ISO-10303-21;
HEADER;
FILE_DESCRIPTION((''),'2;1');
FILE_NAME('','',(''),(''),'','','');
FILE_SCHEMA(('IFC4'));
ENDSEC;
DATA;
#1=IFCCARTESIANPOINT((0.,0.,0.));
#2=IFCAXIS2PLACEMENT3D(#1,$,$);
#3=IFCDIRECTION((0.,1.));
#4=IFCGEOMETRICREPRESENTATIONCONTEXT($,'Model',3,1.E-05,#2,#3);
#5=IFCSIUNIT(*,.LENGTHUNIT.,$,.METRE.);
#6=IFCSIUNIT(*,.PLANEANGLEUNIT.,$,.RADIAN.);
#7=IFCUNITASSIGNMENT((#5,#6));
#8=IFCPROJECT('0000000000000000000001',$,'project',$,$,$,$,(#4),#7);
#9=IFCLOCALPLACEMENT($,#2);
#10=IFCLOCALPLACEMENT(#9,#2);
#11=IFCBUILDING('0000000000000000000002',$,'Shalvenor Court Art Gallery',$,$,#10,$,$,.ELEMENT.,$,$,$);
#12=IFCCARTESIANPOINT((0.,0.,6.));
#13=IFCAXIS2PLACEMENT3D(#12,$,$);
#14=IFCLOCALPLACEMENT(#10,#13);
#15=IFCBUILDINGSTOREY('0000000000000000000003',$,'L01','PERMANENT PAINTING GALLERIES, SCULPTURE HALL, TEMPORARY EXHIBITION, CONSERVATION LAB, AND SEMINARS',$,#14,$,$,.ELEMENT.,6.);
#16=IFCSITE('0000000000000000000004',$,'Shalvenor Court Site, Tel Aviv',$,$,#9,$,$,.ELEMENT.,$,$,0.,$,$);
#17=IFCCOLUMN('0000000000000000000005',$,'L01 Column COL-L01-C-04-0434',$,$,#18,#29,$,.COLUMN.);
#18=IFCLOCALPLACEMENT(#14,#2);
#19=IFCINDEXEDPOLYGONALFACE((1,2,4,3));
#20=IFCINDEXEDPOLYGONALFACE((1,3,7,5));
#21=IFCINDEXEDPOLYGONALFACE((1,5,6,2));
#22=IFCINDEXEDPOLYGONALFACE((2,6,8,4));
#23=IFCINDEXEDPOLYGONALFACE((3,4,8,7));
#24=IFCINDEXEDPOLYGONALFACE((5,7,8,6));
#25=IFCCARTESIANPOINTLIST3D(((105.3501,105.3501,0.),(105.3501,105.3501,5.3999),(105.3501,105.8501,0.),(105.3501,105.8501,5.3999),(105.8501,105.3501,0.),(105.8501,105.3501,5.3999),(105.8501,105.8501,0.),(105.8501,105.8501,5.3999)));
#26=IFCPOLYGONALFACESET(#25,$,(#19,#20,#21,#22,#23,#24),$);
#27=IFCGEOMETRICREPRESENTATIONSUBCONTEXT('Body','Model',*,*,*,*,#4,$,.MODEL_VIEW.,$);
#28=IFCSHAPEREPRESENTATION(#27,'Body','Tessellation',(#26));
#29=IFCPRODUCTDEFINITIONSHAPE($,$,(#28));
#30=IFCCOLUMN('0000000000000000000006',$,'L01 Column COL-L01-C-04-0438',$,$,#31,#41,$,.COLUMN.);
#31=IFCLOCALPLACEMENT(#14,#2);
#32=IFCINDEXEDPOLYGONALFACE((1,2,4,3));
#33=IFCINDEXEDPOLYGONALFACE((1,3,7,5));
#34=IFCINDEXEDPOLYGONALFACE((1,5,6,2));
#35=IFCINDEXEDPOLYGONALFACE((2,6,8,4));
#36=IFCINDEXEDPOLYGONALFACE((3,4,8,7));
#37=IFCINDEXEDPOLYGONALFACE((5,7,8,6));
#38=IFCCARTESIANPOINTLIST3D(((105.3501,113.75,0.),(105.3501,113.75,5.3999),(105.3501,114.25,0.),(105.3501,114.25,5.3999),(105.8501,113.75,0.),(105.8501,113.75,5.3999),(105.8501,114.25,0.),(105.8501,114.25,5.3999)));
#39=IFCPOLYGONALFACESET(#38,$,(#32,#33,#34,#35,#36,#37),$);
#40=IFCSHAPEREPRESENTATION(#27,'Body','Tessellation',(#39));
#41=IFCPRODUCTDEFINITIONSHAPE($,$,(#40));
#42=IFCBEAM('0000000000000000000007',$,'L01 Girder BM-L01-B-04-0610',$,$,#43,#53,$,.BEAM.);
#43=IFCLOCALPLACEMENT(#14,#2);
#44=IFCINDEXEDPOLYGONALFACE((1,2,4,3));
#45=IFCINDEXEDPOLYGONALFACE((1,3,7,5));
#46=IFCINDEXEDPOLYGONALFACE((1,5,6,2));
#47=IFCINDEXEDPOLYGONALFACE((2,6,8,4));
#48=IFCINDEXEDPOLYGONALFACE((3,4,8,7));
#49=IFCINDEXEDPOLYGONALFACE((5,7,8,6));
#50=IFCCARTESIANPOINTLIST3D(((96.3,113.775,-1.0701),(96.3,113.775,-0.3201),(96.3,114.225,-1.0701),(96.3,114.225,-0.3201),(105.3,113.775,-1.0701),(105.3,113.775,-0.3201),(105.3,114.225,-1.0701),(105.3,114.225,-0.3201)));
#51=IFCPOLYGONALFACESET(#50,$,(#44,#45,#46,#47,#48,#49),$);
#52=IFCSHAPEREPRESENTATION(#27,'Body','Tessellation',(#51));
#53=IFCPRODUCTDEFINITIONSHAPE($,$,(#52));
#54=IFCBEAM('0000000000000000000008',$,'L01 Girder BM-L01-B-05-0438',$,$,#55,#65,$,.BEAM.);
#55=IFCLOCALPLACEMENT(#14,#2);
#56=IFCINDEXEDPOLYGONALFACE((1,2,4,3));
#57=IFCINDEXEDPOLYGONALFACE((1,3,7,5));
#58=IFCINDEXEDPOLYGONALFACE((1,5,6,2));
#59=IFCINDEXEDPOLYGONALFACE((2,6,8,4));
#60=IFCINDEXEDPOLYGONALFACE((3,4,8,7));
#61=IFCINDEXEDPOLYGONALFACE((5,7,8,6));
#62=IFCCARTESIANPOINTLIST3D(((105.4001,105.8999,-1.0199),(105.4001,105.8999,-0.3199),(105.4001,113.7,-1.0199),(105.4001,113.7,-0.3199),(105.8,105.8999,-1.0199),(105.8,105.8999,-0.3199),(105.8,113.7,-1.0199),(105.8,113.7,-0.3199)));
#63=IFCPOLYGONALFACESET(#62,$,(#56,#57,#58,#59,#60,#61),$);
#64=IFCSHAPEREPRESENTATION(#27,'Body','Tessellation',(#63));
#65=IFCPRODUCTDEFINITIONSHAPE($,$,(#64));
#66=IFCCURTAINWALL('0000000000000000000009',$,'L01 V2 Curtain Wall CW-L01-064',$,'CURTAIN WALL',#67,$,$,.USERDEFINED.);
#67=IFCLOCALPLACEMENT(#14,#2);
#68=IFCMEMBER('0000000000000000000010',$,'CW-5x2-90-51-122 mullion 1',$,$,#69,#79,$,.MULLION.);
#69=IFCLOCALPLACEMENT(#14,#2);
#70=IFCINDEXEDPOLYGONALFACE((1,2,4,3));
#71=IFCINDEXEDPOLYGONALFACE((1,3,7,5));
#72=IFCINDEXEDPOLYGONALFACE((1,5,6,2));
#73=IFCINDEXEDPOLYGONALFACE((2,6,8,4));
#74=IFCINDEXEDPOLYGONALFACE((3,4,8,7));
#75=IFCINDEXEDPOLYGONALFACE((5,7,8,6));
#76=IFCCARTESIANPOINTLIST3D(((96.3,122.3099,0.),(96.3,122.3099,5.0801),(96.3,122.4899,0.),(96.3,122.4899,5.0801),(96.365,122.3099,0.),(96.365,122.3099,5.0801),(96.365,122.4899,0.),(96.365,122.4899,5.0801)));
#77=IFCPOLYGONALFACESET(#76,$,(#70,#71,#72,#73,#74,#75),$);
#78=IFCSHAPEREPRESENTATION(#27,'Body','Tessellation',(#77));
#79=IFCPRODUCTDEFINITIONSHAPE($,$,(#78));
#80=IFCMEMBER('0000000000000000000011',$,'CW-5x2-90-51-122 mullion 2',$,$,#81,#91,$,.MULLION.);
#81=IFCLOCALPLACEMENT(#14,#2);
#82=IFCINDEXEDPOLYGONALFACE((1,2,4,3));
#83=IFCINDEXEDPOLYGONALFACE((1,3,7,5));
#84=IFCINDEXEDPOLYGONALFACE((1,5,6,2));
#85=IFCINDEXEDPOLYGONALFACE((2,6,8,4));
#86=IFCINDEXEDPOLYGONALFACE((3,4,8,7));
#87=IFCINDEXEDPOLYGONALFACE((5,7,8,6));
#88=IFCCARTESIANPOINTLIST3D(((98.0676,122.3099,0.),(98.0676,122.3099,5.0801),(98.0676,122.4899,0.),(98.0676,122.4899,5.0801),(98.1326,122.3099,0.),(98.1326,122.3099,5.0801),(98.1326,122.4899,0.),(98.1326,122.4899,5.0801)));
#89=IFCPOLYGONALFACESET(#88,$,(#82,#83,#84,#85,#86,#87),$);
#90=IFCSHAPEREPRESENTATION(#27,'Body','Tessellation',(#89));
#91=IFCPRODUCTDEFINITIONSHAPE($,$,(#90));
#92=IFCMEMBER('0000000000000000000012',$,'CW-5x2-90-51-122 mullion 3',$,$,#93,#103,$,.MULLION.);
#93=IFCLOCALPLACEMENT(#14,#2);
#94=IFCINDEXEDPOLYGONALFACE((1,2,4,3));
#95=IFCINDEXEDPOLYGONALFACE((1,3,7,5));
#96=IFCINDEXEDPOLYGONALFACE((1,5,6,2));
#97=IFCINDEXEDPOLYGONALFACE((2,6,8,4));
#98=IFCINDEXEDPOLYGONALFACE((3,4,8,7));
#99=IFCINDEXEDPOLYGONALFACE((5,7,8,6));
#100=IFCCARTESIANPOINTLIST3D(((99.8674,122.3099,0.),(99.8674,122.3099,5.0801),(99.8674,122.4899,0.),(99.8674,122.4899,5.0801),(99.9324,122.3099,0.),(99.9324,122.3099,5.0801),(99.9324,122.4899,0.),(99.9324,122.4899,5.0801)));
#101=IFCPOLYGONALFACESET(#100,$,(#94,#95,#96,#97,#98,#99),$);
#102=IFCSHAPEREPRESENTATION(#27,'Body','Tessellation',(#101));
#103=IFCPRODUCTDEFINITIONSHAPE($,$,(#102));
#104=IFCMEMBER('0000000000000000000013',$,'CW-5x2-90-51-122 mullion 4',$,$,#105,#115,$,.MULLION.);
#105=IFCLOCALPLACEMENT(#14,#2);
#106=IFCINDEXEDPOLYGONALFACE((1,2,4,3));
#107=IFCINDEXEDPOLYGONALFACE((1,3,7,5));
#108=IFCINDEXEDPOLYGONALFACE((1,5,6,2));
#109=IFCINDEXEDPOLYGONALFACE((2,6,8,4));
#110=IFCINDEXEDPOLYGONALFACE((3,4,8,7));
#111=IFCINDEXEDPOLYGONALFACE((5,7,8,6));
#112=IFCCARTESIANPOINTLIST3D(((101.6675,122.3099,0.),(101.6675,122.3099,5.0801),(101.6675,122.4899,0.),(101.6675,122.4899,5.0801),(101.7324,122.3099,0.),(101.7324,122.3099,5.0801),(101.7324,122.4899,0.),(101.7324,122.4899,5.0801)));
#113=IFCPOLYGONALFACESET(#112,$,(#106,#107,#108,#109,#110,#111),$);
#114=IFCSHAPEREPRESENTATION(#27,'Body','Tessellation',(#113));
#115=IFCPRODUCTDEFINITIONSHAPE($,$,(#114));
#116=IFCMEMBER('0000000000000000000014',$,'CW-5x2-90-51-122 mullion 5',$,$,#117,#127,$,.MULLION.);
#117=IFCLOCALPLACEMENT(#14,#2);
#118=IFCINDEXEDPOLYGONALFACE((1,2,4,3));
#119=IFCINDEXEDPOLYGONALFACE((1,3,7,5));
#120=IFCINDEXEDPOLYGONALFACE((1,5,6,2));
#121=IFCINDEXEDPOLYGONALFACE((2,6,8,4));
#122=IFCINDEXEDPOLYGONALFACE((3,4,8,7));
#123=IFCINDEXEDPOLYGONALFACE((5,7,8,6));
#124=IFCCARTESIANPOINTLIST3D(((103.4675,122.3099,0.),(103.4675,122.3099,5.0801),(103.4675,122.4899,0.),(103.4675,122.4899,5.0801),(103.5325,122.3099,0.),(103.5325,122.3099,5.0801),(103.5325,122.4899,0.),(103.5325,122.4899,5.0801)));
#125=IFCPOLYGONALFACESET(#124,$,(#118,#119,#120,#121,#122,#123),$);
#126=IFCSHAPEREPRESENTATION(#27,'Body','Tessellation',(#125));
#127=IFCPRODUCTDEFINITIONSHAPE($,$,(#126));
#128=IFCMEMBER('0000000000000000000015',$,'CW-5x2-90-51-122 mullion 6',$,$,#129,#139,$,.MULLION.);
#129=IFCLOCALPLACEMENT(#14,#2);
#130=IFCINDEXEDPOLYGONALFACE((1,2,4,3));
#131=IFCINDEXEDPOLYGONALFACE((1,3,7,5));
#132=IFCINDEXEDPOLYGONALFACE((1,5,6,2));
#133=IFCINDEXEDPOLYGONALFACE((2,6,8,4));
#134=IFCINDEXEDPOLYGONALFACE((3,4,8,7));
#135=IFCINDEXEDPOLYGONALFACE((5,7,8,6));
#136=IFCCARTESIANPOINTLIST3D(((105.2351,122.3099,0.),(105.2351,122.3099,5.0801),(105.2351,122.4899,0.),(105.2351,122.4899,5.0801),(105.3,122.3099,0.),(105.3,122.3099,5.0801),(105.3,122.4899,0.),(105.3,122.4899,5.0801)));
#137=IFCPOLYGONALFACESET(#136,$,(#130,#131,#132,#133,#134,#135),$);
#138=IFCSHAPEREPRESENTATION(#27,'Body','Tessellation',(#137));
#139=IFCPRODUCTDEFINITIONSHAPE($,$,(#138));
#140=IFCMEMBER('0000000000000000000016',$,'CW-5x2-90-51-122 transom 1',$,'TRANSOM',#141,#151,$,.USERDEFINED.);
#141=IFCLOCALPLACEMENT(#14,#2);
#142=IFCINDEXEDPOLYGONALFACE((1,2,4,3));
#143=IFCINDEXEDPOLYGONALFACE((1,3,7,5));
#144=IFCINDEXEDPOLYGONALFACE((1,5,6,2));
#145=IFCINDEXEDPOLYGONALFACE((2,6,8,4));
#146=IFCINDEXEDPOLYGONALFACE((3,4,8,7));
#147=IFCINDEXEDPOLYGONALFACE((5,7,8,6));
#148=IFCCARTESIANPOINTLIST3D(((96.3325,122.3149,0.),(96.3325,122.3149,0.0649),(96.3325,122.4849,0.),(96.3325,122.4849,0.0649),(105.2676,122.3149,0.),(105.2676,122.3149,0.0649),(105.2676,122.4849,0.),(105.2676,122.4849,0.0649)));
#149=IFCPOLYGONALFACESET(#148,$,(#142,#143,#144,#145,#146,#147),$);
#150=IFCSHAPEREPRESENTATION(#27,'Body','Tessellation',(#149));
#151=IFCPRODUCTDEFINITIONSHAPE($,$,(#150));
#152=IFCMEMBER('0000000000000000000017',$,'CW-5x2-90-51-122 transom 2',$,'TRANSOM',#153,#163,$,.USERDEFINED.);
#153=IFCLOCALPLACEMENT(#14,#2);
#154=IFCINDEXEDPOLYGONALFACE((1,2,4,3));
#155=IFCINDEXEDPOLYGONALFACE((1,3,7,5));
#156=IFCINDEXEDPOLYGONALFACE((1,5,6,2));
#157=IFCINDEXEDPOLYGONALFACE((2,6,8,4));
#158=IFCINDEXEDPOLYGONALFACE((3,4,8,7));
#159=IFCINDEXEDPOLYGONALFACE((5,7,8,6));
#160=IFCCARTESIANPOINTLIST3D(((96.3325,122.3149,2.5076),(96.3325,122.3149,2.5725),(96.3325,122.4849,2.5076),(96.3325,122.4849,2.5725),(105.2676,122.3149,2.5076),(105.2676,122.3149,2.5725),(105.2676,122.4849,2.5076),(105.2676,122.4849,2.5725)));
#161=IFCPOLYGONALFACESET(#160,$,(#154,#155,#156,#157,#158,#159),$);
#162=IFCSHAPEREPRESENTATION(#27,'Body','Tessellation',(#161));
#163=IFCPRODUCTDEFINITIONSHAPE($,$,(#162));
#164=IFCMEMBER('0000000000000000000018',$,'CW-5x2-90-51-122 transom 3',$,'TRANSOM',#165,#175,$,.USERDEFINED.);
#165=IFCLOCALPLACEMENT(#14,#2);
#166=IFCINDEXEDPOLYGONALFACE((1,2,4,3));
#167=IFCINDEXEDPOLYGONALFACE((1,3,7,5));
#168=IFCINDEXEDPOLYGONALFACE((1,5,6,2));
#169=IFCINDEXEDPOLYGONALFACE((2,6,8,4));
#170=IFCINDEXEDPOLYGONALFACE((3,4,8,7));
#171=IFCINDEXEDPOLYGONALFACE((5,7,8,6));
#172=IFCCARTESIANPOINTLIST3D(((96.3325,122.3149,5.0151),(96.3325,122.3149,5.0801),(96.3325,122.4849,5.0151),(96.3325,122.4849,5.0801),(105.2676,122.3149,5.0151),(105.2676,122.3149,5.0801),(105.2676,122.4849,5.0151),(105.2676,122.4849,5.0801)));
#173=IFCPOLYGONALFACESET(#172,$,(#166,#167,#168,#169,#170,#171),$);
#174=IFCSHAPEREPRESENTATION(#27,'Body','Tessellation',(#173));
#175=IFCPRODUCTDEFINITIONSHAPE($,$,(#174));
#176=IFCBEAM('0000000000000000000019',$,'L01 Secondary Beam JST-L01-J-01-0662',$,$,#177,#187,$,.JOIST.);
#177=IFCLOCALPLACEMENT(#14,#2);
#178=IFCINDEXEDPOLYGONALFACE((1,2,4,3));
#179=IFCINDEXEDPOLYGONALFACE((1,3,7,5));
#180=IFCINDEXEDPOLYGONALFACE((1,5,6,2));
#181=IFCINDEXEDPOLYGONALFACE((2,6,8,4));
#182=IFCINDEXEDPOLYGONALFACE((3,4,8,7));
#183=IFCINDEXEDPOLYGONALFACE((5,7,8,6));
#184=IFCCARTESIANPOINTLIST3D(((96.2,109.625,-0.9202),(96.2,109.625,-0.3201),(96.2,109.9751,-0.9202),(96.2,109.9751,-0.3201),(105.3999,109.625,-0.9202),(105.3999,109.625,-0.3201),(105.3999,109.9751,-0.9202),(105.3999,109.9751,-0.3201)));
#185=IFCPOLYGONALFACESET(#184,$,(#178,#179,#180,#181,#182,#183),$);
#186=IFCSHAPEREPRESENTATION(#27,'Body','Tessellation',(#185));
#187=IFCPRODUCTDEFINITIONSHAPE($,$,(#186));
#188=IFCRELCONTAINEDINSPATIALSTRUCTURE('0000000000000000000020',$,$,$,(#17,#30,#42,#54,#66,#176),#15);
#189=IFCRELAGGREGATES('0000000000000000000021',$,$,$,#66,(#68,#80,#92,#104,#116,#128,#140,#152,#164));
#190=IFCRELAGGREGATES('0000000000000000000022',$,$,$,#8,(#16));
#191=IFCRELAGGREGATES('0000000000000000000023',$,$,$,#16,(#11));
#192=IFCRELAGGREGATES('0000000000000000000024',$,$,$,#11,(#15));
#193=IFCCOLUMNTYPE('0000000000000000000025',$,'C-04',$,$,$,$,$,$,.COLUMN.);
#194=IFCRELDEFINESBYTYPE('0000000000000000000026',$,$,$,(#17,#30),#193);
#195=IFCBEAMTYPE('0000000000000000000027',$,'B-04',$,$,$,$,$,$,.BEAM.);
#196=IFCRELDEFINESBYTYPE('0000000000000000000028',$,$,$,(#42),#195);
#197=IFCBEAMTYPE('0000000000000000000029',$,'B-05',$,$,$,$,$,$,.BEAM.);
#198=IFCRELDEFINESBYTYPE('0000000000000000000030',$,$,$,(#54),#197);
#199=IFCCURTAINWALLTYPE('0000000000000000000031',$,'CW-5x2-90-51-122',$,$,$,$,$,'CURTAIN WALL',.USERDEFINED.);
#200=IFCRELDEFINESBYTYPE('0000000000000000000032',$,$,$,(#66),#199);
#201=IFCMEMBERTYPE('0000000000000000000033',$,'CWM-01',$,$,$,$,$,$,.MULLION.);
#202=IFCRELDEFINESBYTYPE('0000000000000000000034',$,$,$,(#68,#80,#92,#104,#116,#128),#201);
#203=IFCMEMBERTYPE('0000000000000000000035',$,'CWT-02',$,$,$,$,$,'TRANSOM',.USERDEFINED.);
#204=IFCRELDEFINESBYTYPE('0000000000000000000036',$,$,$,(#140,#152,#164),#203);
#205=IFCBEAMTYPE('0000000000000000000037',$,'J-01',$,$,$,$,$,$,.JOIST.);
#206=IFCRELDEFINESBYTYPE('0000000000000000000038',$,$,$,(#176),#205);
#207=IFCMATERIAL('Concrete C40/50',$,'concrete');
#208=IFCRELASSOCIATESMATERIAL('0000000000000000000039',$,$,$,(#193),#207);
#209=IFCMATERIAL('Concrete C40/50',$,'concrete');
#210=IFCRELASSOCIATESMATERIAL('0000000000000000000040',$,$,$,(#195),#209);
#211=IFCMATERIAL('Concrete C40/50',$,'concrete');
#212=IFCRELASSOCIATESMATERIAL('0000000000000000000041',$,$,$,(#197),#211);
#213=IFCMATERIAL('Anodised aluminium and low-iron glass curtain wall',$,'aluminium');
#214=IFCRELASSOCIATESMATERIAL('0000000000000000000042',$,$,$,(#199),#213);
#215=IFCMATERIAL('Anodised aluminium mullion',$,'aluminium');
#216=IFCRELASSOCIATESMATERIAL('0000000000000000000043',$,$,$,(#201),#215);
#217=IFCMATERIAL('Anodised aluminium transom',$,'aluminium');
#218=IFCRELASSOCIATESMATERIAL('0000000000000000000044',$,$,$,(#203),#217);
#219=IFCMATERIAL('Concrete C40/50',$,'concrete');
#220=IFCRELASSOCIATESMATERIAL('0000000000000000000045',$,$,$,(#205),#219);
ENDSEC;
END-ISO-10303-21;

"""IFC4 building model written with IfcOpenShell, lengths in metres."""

from ifc_helpers import new_model, si_unit, direction, frame, origin, origin_2d, place, context, subcontext, project, spatial, rectangle, extrude, material, material_profile, profile_set, type_object, element, aggregate, save


model = new_model("IFC4")

# Units and contexts
model_context = context("Model", 3, precision=1e-05, world=origin(), true_north=direction((0.0, 1.0)))
body_context = subcontext(model_context, "Body", "Model", "MODEL_VIEW")
ifc_project = project(units=[si_unit("LENGTHUNIT", "METRE"), si_unit("PLANEANGLEUNIT", "RADIAN")], contexts=[model_context])

# Site, building, storey
site_placement = place(None, origin())
site = spatial("IfcSite", under=ifc_project, at=site_placement, Name="Shalvenor Court Site, Tel Aviv", CompositionType="ELEMENT", RefElevation=0.0)
building_placement = place(site_placement, origin())
building = spatial("IfcBuilding", under=site, at=building_placement, Name="Shalvenor Court Art Gallery", CompositionType="ELEMENT")
storey_placement = place(building_placement, frame((0.0, 0.0, 6.0)))
storey = spatial("IfcBuildingStorey", under=building, at=storey_placement, Name="L01", Description="PERMANENT PAINTING GALLERIES, SCULPTURE HALL, TEMPORARY EXHIBITION, CONSERVATION LAB, AND SEMINARS", CompositionType="ELEMENT", Elevation=6.0)

# Columns
ifc_material_1 = material(Name="Concrete C40/50", Category="concrete")
ifc_material_profile_1 = material_profile(ifc_material_1, rectangle(XDim=0.5, YDim=0.5, at=origin_2d()), Name="RC 500x500")
ifc_profile_set_1 = profile_set([ifc_material_profile_1], Name="Concrete C40/50")
column_type = type_object("IfcColumnType", Name="C-04", PredefinedType="COLUMN", material=ifc_profile_set_1)
for number, where, z_axis, x_axis, name in (
    (1, (105.6001, 105.6001, 0.0), (0.0, 0.0, 1.0), (1.0, 0.0, 0.0), "L01 Column COL-L01-C-04-0434"),
    (2, (105.6001, 114.0, 0.0), (0.0, 0.0, 1.0), (1.0, 0.0, 0.0), "L01 Column COL-L01-C-04-0438"),
):
    element("IfcColumn", number, at=place(storey_placement, frame(where, z_axis=z_axis, x_axis=x_axis)), inside=storey, type_object=column_type, Name=name, PredefinedType="COLUMN", context=body_context, shape_type="SweptSolid", body=[
        extrude(rectangle(XDim=0.5, YDim=0.5, at=origin_2d()), origin(), (0.0, 0.0, 1.0), 5.3999),
    ])

# Beams
ifc_material_2 = material(Name="Concrete C40/50", Category="concrete")
ifc_material_profile_2 = material_profile(ifc_material_2, rectangle(XDim=0.45, YDim=0.75, at=origin_2d()), Name="RC 450x750")
ifc_profile_set_2 = profile_set([ifc_material_profile_2], Name="Concrete C40/50")
beam_type_1 = type_object("IfcBeamType", Name="B-04", PredefinedType="BEAM", material=ifc_profile_set_2)
beam_1_placement = place(storey_placement, frame((96.3, 114.0, -0.6951), z_axis=(1.0, 0.0, 0.0), x_axis=(0.0, 1.0, 0.0)))
element("IfcBeam", 3, at=beam_1_placement, inside=storey, type_object=beam_type_1, Name="L01 Girder BM-L01-B-04-0610", PredefinedType="BEAM", context=body_context, shape_type="SweptSolid", body=[
    extrude(rectangle(XDim=0.45, YDim=0.75, at=origin_2d()), origin(), (0.0, 0.0, 1.0), 9.0),
])
ifc_material_3 = material(Name="Concrete C40/50", Category="concrete")
ifc_material_profile_3 = material_profile(ifc_material_3, rectangle(XDim=0.3999, YDim=0.7, at=origin_2d()), Name="RC 400x700")
ifc_profile_set_3 = profile_set([ifc_material_profile_3], Name="Concrete C40/50")
beam_type_2 = type_object("IfcBeamType", Name="B-05", PredefinedType="BEAM", material=ifc_profile_set_3)
beam_2_placement = place(storey_placement, frame((105.6001, 105.8999, -0.6699), z_axis=(0.0, 1.0, 0.0), x_axis=(-1.0, 0.0, 0.0)))
element("IfcBeam", 4, at=beam_2_placement, inside=storey, type_object=beam_type_2, Name="L01 Girder BM-L01-B-05-0438", PredefinedType="BEAM", context=body_context, shape_type="SweptSolid", body=[
    extrude(rectangle(XDim=0.3999, YDim=0.7, at=origin_2d()), origin(), (0.0, 0.0, 1.0), 7.8),
])

# Curtain wall, members
ifc_material_4 = material(Name="Anodised aluminium and low-iron glass curtain wall", Category="aluminium")
curtain_wall_type = type_object("IfcCurtainWallType", Name="CW-5x2-90-51-122", ElementType="CURTAIN WALL", PredefinedType="USERDEFINED", material=ifc_material_4)
curtain_wall_placement = place(storey_placement, origin())
curtain_wall = element("IfcCurtainWall", 5, at=curtain_wall_placement, inside=storey, type_object=curtain_wall_type, Name="L01 V2 Curtain Wall CW-L01-064", ObjectType="CURTAIN WALL", PredefinedType="USERDEFINED")
ifc_material_5 = material(Name="Anodised aluminium mullion", Category="aluminium")
ifc_material_profile_4 = material_profile(ifc_material_5, rectangle(XDim=0.0649, YDim=0.1799, at=origin_2d()), Name="CWM-01")
ifc_profile_set_4 = profile_set([ifc_material_profile_4], Name="Anodised aluminium mullion")
member_type_1 = type_object("IfcMemberType", Name="CWM-01", PredefinedType="MULLION", material=ifc_profile_set_4)
member_1_placement = place(storey_placement, frame((96.3325, 122.3999, 0.0), z_axis=(0.0, 0.0, 1.0), x_axis=(1.0, 0.0, 0.0)))
member_1 = element("IfcMember", 6, at=member_1_placement, type_object=member_type_1, Name="CW-5x2-90-51-122 mullion 1", PredefinedType="MULLION", context=body_context, shape_type="SweptSolid", body=[
    extrude(rectangle(XDim=0.0649, YDim=0.1799, at=origin_2d()), origin(), (0.0, 0.0, 1.0), 5.0801),
])
member_2_placement = place(storey_placement, frame((98.1001, 122.3999, 0.0), z_axis=(0.0, 0.0, 1.0), x_axis=(1.0, 0.0, 0.0)))
member_2 = element("IfcMember", 7, at=member_2_placement, type_object=member_type_1, Name="CW-5x2-90-51-122 mullion 2", PredefinedType="MULLION", context=body_context, shape_type="SweptSolid", body=[
    extrude(rectangle(XDim=0.0649, YDim=0.1799, at=origin_2d()), origin(), (0.0, 0.0, 1.0), 5.0801),
])
member_3_placement = place(storey_placement, frame((99.8999, 122.3999, 0.0), z_axis=(0.0, 0.0, 1.0), x_axis=(1.0, 0.0, 0.0)))
member_3 = element("IfcMember", 8, at=member_3_placement, type_object=member_type_1, Name="CW-5x2-90-51-122 mullion 3", PredefinedType="MULLION", context=body_context, shape_type="SweptSolid", body=[
    extrude(rectangle(XDim=0.0649, YDim=0.1799, at=origin_2d()), origin(), (0.0, 0.0, 1.0), 5.0801),
])
member_4_placement = place(storey_placement, frame((101.7, 122.3999, 0.0), z_axis=(0.0, 0.0, 1.0), x_axis=(1.0, 0.0, 0.0)))
member_4 = element("IfcMember", 9, at=member_4_placement, type_object=member_type_1, Name="CW-5x2-90-51-122 mullion 4", PredefinedType="MULLION", context=body_context, shape_type="SweptSolid", body=[
    extrude(rectangle(XDim=0.0649, YDim=0.1799, at=origin_2d()), origin(), (0.0, 0.0, 1.0), 5.0801),
])
member_5_placement = place(storey_placement, frame((103.5, 122.3999, 0.0), z_axis=(0.0, 0.0, 1.0), x_axis=(1.0, 0.0, 0.0)))
member_5 = element("IfcMember", 10, at=member_5_placement, type_object=member_type_1, Name="CW-5x2-90-51-122 mullion 5", PredefinedType="MULLION", context=body_context, shape_type="SweptSolid", body=[
    extrude(rectangle(XDim=0.0649, YDim=0.1799, at=origin_2d()), origin(), (0.0, 0.0, 1.0), 5.0801),
])
member_6_placement = place(storey_placement, frame((105.2676, 122.3999, 0.0), z_axis=(0.0, 0.0, 1.0), x_axis=(1.0, 0.0, 0.0)))
member_6 = element("IfcMember", 11, at=member_6_placement, type_object=member_type_1, Name="CW-5x2-90-51-122 mullion 6", PredefinedType="MULLION", context=body_context, shape_type="SweptSolid", body=[
    extrude(rectangle(XDim=0.0649, YDim=0.1799, at=origin_2d()), origin(), (0.0, 0.0, 1.0), 5.0801),
])
ifc_material_6 = material(Name="Anodised aluminium transom", Category="aluminium")
ifc_material_profile_5 = material_profile(ifc_material_6, rectangle(XDim=0.1699, YDim=0.0649, at=origin_2d()), Name="CWT-02")
ifc_profile_set_5 = profile_set([ifc_material_profile_5], Name="Anodised aluminium transom")
member_type_2 = type_object("IfcMemberType", Name="CWT-02", ElementType="TRANSOM", PredefinedType="USERDEFINED", material=ifc_profile_set_5)
member_7_placement = place(storey_placement, frame((96.3325, 122.3999, 0.0325), z_axis=(1.0, 0.0, 0.0), x_axis=(0.0, 1.0, 0.0)))
member_7 = element("IfcMember", 12, at=member_7_placement, type_object=member_type_2, Name="CW-5x2-90-51-122 transom 1", ObjectType="TRANSOM", PredefinedType="USERDEFINED", context=body_context, shape_type="SweptSolid", body=[
    extrude(rectangle(XDim=0.1699, YDim=0.0649, at=origin_2d()), origin(), (0.0, 0.0, 1.0), 8.9351),
])
member_8_placement = place(storey_placement, frame((96.3325, 122.3999, 2.54), z_axis=(1.0, 0.0, 0.0), x_axis=(0.0, 1.0, 0.0)))
member_8 = element("IfcMember", 13, at=member_8_placement, type_object=member_type_2, Name="CW-5x2-90-51-122 transom 2", ObjectType="TRANSOM", PredefinedType="USERDEFINED", context=body_context, shape_type="SweptSolid", body=[
    extrude(rectangle(XDim=0.1699, YDim=0.0649, at=origin_2d()), origin(), (0.0, 0.0, 1.0), 8.9351),
])
member_9_placement = place(storey_placement, frame((96.3325, 122.3999, 5.0476), z_axis=(1.0, 0.0, 0.0), x_axis=(0.0, 1.0, 0.0)))
member_9 = element("IfcMember", 14, at=member_9_placement, type_object=member_type_2, Name="CW-5x2-90-51-122 transom 3", ObjectType="TRANSOM", PredefinedType="USERDEFINED", context=body_context, shape_type="SweptSolid", body=[
    extrude(rectangle(XDim=0.1699, YDim=0.0649, at=origin_2d()), origin(), (0.0, 0.0, 1.0), 8.9351),
])

# Beam
ifc_material_7 = material(Name="Concrete C40/50", Category="concrete")
ifc_material_profile_6 = material_profile(ifc_material_7, rectangle(XDim=0.3501, YDim=0.6001, at=origin_2d()), Name="RC 350x600")
ifc_profile_set_6 = profile_set([ifc_material_profile_6], Name="Concrete C40/50")
beam_type_3 = type_object("IfcBeamType", Name="J-01", PredefinedType="JOIST", material=ifc_profile_set_6)
for number, where, z_axis, x_axis, name in (
    (15, (96.2, 109.8, -0.6201), (1.0, 0.0, 0.0), (0.0, 1.0, 0.0), "L01 Secondary Beam JST-L01-J-01-0662"),
):
    element("IfcBeam", number, at=place(storey_placement, frame(where, z_axis=z_axis, x_axis=x_axis)), inside=storey, type_object=beam_type_3, Name=name, PredefinedType="JOIST", context=body_context, shape_type="SweptSolid", body=[
        extrude(rectangle(XDim=0.3501, YDim=0.6001, at=origin_2d()), origin(), (0.0, 0.0, 1.0), 9.2),
    ])

aggregate(curtain_wall, [member_1, member_2, member_3, member_4, member_5, member_6, member_7, member_8, member_9])

save(model, "model.ifc")
